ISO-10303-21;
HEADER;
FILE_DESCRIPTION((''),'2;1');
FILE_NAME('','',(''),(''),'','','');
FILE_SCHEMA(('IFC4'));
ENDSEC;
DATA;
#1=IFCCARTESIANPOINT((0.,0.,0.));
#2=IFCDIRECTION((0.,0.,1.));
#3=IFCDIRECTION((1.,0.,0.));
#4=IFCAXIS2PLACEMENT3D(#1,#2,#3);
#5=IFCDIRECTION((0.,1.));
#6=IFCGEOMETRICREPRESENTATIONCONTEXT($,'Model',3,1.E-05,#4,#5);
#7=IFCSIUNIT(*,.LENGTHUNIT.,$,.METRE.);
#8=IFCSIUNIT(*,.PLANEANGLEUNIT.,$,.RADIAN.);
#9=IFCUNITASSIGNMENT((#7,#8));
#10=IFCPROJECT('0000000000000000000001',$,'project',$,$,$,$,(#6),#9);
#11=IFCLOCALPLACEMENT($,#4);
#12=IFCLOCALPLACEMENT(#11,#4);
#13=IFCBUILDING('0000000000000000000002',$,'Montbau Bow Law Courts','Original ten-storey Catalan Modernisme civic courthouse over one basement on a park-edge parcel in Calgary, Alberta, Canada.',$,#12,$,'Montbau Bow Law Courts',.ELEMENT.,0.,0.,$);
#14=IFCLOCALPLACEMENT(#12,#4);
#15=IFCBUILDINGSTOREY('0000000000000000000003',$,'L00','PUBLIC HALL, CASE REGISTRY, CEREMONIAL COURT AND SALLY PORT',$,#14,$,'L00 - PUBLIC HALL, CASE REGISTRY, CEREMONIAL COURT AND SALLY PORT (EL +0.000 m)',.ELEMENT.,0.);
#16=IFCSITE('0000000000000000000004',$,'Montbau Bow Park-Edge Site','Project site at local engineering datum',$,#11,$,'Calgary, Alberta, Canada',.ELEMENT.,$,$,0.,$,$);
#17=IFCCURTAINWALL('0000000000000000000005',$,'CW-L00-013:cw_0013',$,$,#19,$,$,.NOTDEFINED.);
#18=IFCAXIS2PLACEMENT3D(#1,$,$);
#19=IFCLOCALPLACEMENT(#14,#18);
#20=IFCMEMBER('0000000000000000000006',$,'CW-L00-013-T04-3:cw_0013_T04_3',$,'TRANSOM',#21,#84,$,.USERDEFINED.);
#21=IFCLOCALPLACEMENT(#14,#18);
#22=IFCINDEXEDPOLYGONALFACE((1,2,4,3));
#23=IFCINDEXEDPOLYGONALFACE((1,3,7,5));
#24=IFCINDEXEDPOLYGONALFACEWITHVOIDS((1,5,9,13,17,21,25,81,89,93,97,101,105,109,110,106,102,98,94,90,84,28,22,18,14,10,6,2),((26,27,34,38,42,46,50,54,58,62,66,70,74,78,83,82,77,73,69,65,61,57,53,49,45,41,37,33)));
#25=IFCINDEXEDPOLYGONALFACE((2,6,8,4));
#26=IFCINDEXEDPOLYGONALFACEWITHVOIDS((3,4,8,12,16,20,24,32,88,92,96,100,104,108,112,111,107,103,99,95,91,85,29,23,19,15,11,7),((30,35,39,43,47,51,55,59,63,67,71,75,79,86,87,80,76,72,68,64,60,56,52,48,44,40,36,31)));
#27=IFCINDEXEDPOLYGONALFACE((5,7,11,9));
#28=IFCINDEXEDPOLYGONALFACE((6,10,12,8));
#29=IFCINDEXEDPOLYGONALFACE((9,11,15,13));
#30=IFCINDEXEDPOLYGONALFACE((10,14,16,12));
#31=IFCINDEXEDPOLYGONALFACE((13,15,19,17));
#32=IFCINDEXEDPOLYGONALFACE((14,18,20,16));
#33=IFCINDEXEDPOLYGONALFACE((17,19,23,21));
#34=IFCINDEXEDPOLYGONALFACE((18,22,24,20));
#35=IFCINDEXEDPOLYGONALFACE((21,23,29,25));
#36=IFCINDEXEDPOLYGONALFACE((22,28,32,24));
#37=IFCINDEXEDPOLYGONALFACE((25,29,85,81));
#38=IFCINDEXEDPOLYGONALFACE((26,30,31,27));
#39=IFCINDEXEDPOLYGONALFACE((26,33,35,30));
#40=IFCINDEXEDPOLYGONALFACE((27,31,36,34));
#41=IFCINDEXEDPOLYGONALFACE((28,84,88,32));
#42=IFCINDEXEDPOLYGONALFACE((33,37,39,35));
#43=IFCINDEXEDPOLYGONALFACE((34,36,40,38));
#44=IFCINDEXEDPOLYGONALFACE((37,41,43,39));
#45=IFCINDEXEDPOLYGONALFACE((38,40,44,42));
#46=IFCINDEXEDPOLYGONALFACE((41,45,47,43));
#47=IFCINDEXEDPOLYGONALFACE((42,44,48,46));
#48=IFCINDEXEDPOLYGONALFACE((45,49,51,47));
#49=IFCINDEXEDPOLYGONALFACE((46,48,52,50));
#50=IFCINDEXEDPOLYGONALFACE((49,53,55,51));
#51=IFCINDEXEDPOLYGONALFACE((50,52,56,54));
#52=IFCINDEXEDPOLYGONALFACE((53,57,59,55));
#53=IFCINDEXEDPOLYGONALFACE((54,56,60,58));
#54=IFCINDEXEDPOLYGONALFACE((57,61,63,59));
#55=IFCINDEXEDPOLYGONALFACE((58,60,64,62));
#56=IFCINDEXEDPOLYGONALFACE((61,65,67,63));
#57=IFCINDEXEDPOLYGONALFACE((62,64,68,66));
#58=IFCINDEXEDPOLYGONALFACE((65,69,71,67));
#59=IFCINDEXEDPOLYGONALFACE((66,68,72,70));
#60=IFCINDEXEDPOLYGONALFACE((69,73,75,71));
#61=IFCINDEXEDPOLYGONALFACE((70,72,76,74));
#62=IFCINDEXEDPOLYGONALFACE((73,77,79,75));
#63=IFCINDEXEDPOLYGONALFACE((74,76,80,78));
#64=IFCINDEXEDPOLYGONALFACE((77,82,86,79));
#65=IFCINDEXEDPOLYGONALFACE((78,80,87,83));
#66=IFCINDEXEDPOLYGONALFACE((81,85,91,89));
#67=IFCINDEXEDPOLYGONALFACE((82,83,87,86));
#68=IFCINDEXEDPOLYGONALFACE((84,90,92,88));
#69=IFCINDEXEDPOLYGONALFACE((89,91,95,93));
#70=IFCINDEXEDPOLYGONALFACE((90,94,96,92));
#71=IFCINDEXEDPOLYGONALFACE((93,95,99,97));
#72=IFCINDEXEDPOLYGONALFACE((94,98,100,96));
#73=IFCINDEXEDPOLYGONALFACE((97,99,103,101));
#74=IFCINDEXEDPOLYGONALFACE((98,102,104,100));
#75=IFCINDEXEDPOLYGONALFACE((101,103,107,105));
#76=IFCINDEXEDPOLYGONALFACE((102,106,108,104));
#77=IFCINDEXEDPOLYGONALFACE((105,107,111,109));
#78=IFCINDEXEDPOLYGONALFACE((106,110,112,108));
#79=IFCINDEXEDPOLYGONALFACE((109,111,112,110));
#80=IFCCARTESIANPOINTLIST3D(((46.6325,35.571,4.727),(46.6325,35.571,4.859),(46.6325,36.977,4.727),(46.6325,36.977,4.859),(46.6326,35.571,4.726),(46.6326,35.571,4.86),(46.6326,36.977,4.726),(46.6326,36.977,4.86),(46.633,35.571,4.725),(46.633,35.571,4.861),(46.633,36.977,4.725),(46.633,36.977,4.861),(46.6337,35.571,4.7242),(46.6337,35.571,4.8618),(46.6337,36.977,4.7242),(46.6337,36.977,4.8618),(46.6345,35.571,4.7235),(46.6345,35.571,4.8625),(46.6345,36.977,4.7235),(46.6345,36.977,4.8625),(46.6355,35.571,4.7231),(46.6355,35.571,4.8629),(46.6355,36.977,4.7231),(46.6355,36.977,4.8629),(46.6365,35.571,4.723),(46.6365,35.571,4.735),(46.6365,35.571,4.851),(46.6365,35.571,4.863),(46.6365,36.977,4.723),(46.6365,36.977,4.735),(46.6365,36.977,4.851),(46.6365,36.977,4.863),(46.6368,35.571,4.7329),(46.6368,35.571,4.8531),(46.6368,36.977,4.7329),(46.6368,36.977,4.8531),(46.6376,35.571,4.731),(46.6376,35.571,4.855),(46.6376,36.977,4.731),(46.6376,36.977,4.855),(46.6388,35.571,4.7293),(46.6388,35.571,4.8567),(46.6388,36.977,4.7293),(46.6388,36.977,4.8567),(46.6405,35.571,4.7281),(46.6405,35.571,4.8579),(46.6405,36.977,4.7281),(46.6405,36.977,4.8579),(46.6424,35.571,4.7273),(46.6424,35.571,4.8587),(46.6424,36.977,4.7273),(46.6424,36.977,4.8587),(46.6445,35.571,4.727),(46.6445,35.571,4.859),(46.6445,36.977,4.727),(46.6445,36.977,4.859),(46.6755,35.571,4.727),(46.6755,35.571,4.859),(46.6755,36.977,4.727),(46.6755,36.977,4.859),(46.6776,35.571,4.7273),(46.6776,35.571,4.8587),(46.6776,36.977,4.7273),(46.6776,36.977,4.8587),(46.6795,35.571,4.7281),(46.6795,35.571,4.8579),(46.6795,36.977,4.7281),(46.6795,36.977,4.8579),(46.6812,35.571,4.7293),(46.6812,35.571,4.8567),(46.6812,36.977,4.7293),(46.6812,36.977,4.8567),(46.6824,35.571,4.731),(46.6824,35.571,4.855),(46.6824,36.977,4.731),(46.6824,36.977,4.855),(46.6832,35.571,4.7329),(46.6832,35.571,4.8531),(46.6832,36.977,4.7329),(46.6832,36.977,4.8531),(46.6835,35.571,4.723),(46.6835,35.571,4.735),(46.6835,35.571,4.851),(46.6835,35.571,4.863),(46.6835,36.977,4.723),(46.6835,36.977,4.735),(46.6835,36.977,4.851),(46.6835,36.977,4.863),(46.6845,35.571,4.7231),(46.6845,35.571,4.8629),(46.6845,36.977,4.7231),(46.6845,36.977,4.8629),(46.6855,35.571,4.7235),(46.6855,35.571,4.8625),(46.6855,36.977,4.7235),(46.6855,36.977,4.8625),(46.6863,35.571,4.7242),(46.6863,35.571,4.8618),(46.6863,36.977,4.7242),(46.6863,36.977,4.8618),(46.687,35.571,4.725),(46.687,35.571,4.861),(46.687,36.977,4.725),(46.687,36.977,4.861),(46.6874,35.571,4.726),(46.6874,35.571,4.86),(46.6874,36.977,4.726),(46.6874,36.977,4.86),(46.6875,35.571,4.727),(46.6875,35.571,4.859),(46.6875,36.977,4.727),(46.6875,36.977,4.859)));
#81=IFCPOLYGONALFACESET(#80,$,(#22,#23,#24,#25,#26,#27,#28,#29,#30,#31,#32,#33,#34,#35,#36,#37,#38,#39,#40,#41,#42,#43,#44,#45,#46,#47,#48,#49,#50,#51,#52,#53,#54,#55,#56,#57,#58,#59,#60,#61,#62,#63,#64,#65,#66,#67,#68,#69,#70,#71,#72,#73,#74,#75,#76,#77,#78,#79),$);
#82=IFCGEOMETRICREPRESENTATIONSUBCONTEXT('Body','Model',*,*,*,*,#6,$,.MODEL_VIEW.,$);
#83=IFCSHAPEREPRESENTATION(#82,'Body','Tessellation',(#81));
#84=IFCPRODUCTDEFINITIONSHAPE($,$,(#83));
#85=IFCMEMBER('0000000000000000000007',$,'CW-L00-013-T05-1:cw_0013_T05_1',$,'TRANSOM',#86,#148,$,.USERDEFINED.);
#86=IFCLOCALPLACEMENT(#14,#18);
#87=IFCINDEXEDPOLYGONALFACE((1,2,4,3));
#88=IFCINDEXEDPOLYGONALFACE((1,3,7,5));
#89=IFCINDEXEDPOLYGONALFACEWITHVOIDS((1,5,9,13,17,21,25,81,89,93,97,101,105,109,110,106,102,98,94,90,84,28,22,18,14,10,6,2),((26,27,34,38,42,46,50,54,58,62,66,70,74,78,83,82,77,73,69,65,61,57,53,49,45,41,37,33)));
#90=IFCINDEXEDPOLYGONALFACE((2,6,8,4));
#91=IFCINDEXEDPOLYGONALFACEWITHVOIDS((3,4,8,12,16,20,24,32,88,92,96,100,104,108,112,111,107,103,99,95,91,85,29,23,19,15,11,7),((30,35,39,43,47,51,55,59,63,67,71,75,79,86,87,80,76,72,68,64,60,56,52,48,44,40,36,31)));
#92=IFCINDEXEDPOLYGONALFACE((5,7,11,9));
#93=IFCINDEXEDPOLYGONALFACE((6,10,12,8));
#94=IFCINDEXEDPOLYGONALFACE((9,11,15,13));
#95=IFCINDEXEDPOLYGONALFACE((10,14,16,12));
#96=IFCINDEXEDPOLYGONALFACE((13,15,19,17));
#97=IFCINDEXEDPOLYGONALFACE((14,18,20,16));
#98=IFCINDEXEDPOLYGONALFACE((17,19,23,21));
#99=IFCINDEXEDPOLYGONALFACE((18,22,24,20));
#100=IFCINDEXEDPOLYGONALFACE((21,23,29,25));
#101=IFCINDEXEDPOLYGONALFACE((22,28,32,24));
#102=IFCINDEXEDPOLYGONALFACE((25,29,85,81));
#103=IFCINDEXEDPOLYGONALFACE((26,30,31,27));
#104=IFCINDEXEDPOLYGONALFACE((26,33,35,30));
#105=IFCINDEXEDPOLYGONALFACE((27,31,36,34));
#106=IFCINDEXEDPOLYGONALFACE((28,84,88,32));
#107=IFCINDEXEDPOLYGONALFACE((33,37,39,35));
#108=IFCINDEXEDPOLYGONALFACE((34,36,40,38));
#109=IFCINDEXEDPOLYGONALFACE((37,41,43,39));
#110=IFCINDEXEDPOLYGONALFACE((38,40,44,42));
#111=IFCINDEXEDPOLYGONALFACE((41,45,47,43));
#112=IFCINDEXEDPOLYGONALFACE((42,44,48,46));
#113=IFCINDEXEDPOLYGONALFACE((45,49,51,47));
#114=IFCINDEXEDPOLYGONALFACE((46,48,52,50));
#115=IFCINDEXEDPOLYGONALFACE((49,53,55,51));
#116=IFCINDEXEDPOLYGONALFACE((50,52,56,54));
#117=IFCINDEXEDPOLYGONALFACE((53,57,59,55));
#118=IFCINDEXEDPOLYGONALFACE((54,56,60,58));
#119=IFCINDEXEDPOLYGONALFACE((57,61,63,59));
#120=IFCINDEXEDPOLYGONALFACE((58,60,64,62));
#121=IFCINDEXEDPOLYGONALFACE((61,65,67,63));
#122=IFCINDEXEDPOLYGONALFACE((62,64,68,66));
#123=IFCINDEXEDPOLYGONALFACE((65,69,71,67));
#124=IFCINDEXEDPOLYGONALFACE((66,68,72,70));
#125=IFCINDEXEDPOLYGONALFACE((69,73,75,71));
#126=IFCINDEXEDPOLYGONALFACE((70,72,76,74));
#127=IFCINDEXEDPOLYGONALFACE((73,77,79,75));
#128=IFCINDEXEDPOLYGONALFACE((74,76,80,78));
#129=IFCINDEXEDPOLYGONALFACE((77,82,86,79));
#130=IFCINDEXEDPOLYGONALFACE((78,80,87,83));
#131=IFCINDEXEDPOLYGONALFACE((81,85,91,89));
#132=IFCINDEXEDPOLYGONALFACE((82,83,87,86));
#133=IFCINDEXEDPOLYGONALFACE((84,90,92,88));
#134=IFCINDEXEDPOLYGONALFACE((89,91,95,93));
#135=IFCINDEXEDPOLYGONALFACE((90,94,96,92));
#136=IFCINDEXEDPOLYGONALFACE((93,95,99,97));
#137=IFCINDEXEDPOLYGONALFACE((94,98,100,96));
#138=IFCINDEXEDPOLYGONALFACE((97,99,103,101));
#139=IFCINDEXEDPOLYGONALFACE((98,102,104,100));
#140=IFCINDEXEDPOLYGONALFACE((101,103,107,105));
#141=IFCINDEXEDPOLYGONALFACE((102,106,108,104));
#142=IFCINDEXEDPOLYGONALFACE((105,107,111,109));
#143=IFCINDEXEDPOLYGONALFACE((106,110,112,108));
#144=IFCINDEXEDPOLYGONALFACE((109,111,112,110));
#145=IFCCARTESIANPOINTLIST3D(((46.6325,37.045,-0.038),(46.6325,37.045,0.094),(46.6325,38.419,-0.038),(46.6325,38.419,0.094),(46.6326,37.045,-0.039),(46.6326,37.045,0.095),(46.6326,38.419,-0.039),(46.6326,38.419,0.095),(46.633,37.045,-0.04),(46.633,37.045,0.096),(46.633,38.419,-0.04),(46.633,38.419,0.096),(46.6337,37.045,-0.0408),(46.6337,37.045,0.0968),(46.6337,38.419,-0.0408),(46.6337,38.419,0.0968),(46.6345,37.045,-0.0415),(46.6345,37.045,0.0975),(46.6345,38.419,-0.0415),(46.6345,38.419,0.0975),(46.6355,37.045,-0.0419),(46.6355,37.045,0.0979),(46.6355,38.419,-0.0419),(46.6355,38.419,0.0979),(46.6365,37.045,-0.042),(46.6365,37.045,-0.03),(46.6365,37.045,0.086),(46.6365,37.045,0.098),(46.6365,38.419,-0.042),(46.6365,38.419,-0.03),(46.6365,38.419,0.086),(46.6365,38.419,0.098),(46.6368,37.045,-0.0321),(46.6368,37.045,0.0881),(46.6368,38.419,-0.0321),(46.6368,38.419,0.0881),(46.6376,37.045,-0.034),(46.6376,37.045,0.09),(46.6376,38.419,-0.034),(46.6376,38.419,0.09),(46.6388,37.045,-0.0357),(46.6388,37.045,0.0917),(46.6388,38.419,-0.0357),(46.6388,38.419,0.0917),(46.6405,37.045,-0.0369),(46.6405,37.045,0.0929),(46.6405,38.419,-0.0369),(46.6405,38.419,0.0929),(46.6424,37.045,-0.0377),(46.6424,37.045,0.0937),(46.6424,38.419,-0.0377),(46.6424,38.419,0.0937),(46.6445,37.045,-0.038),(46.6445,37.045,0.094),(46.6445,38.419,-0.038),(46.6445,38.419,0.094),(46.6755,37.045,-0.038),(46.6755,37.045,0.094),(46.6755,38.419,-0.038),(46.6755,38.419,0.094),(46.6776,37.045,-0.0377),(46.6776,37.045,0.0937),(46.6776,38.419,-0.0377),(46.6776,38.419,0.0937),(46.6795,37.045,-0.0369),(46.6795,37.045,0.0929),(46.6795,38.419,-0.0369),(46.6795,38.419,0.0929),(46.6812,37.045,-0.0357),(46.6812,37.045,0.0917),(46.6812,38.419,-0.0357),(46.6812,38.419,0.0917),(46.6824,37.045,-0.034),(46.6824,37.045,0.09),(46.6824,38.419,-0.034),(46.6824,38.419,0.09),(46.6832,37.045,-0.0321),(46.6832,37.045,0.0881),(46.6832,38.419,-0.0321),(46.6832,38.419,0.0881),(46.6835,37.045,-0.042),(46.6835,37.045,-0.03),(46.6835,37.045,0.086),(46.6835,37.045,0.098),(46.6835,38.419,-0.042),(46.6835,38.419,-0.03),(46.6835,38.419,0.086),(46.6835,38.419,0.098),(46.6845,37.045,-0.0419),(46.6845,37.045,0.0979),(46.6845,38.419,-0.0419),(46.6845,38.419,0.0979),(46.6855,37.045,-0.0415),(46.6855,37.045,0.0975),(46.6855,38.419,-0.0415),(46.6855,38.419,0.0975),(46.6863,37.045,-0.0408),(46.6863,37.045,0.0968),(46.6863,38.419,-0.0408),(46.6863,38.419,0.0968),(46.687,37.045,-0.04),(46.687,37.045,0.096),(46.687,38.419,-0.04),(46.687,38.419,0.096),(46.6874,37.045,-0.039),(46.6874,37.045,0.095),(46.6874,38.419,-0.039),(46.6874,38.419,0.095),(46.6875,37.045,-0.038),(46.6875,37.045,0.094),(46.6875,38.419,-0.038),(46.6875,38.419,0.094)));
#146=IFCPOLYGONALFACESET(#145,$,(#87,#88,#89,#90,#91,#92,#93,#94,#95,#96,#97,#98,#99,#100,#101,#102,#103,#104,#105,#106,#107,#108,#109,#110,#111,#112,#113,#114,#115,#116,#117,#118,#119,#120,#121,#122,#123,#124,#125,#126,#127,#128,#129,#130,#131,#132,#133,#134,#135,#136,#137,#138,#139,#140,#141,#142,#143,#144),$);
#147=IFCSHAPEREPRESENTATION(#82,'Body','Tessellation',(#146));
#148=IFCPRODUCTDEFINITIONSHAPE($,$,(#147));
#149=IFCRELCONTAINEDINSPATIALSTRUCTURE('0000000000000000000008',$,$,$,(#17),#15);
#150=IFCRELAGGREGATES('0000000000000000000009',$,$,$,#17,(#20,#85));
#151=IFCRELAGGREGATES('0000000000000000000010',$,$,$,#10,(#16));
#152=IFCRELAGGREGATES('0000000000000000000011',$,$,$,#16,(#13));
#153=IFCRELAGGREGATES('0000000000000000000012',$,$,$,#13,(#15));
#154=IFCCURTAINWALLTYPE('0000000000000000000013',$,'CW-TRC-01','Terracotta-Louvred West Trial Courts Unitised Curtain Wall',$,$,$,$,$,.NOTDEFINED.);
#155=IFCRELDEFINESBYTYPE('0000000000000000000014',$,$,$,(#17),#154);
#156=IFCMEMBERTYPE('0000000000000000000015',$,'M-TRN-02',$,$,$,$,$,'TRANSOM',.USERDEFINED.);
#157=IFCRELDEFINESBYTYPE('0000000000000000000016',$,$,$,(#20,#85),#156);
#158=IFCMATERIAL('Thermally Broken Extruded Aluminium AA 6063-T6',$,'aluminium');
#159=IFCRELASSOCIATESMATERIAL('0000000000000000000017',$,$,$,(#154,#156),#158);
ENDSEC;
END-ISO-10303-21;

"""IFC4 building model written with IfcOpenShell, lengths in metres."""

from ifc_helpers import new_model, si_unit, direction, frame, origin_with_axes, origin_2d_with_axis, place, context, subcontext, project, spatial, hollow_rectangle, extrude, material, material_profile, profile_set, type_object, element, aggregate, save


model = new_model("IFC4")

# Units and contexts
model_context = context("Model", 3, precision=1e-05, world=origin_with_axes(), true_north=direction((0.0, 1.0)))
body_context = subcontext(model_context, "Body", "Model", "MODEL_VIEW")
ifc_project = project(units=[si_unit("LENGTHUNIT", "METRE"), si_unit("PLANEANGLEUNIT", "RADIAN")], contexts=[model_context])

# Site, building, storey
site_placement = place(None, origin_with_axes())
site = spatial("IfcSite", under=ifc_project, at=site_placement, Name="Montbau Bow Park-Edge Site", Description="Project site at local engineering datum", LongName="Calgary, Alberta, Canada", CompositionType="ELEMENT", RefElevation=0.0)
building_placement = place(site_placement, origin_with_axes())
building = spatial("IfcBuilding", under=site, at=building_placement, Name="Montbau Bow Law Courts", Description="Original ten-storey Catalan Modernisme civic courthouse over one basement on a park-edge parcel in Calgary, Alberta, Canada.", LongName="Montbau Bow Law Courts", CompositionType="ELEMENT", ElevationOfRefHeight=0.0, ElevationOfTerrain=0.0)
storey_placement = place(building_placement, origin_with_axes())
storey = spatial("IfcBuildingStorey", under=building, at=storey_placement, Name="L00", Description="PUBLIC HALL, CASE REGISTRY, CEREMONIAL COURT AND SALLY PORT", LongName="L00 - PUBLIC HALL, CASE REGISTRY, CEREMONIAL COURT AND SALLY PORT (EL +0.000 m)", CompositionType="ELEMENT", Elevation=0.0)

# Curtain wall, members
ifc_material_1 = material(Name="Thermally Broken Extruded Aluminium AA 6063-T6", Category="aluminium")
curtain_wall_type = type_object("IfcCurtainWallType", Name="CW-TRC-01", Description="Terracotta-Louvred West Trial Courts Unitised Curtain Wall", PredefinedType="NOTDEFINED", material=ifc_material_1)
curtain_wall_placement = place(None, frame((46.66, 31.115, 0.0), z_axis=(0.0, 0.0, 1.0), x_axis=(1.0, 0.0, 0.0)))
curtain_wall = element("IfcCurtainWall", 1, at=curtain_wall_placement, inside=storey, type_object=curtain_wall_type, Name="CW-L00-013:cw_0013", PredefinedType="NOTDEFINED")
ifc_material_profile_1 = material_profile(ifc_material_1, hollow_rectangle(XDim=0.055, YDim=0.14, WallThickness=0.004, InnerFilletRadius=0.008, OuterFilletRadius=0.004, at=origin_2d_with_axis()), Name="CWT-140X55", Category="Main", Priority=0)
ifc_profile_set_1 = profile_set([ifc_material_profile_1], Name="Thermally Broken Extruded Aluminium AA 6063-T6")
member_type_1 = type_object("IfcMemberType", Name="M-TRN-02", ElementType="TRANSOM", PredefinedType="USERDEFINED", material=ifc_profile_set_1)
member_1_placement = place(None, frame((46.66, 35.571, 4.793), z_axis=(0.0, 1.0, 0.0), x_axis=(-1.0, 0.0, 0.0)))
member_1 = element("IfcMember", 2, at=member_1_placement, type_object=member_type_1, Name="CW-L00-013-T04-3:cw_0013_T04_3", ObjectType="TRANSOM", PredefinedType="USERDEFINED", context=body_context, shape_type="SweptSolid", body=[
    extrude(hollow_rectangle(XDim=0.055, YDim=0.14, WallThickness=0.004, InnerFilletRadius=0.008, OuterFilletRadius=0.004, at=origin_2d_with_axis()), origin_with_axes(), (0.0, 0.0, 1.0), 1.406),
])
member_2_placement = place(None, frame((46.66, 37.045, 0.028), z_axis=(0.0, 1.0, 0.0), x_axis=(-1.0, 0.0, 0.0)))
member_2 = element("IfcMember", 3, at=member_2_placement, type_object=member_type_1, Name="CW-L00-013-T05-1:cw_0013_T05_1", ObjectType="TRANSOM", PredefinedType="USERDEFINED", context=body_context, shape_type="SweptSolid", body=[
    extrude(hollow_rectangle(XDim=0.055, YDim=0.14, WallThickness=0.004, InnerFilletRadius=0.008, OuterFilletRadius=0.004, at=origin_2d_with_axis()), origin_with_axes(), (0.0, 0.0, 1.0), 1.374),
])
aggregate(curtain_wall, [member_1, member_2])

save(model, "model.ifc")
